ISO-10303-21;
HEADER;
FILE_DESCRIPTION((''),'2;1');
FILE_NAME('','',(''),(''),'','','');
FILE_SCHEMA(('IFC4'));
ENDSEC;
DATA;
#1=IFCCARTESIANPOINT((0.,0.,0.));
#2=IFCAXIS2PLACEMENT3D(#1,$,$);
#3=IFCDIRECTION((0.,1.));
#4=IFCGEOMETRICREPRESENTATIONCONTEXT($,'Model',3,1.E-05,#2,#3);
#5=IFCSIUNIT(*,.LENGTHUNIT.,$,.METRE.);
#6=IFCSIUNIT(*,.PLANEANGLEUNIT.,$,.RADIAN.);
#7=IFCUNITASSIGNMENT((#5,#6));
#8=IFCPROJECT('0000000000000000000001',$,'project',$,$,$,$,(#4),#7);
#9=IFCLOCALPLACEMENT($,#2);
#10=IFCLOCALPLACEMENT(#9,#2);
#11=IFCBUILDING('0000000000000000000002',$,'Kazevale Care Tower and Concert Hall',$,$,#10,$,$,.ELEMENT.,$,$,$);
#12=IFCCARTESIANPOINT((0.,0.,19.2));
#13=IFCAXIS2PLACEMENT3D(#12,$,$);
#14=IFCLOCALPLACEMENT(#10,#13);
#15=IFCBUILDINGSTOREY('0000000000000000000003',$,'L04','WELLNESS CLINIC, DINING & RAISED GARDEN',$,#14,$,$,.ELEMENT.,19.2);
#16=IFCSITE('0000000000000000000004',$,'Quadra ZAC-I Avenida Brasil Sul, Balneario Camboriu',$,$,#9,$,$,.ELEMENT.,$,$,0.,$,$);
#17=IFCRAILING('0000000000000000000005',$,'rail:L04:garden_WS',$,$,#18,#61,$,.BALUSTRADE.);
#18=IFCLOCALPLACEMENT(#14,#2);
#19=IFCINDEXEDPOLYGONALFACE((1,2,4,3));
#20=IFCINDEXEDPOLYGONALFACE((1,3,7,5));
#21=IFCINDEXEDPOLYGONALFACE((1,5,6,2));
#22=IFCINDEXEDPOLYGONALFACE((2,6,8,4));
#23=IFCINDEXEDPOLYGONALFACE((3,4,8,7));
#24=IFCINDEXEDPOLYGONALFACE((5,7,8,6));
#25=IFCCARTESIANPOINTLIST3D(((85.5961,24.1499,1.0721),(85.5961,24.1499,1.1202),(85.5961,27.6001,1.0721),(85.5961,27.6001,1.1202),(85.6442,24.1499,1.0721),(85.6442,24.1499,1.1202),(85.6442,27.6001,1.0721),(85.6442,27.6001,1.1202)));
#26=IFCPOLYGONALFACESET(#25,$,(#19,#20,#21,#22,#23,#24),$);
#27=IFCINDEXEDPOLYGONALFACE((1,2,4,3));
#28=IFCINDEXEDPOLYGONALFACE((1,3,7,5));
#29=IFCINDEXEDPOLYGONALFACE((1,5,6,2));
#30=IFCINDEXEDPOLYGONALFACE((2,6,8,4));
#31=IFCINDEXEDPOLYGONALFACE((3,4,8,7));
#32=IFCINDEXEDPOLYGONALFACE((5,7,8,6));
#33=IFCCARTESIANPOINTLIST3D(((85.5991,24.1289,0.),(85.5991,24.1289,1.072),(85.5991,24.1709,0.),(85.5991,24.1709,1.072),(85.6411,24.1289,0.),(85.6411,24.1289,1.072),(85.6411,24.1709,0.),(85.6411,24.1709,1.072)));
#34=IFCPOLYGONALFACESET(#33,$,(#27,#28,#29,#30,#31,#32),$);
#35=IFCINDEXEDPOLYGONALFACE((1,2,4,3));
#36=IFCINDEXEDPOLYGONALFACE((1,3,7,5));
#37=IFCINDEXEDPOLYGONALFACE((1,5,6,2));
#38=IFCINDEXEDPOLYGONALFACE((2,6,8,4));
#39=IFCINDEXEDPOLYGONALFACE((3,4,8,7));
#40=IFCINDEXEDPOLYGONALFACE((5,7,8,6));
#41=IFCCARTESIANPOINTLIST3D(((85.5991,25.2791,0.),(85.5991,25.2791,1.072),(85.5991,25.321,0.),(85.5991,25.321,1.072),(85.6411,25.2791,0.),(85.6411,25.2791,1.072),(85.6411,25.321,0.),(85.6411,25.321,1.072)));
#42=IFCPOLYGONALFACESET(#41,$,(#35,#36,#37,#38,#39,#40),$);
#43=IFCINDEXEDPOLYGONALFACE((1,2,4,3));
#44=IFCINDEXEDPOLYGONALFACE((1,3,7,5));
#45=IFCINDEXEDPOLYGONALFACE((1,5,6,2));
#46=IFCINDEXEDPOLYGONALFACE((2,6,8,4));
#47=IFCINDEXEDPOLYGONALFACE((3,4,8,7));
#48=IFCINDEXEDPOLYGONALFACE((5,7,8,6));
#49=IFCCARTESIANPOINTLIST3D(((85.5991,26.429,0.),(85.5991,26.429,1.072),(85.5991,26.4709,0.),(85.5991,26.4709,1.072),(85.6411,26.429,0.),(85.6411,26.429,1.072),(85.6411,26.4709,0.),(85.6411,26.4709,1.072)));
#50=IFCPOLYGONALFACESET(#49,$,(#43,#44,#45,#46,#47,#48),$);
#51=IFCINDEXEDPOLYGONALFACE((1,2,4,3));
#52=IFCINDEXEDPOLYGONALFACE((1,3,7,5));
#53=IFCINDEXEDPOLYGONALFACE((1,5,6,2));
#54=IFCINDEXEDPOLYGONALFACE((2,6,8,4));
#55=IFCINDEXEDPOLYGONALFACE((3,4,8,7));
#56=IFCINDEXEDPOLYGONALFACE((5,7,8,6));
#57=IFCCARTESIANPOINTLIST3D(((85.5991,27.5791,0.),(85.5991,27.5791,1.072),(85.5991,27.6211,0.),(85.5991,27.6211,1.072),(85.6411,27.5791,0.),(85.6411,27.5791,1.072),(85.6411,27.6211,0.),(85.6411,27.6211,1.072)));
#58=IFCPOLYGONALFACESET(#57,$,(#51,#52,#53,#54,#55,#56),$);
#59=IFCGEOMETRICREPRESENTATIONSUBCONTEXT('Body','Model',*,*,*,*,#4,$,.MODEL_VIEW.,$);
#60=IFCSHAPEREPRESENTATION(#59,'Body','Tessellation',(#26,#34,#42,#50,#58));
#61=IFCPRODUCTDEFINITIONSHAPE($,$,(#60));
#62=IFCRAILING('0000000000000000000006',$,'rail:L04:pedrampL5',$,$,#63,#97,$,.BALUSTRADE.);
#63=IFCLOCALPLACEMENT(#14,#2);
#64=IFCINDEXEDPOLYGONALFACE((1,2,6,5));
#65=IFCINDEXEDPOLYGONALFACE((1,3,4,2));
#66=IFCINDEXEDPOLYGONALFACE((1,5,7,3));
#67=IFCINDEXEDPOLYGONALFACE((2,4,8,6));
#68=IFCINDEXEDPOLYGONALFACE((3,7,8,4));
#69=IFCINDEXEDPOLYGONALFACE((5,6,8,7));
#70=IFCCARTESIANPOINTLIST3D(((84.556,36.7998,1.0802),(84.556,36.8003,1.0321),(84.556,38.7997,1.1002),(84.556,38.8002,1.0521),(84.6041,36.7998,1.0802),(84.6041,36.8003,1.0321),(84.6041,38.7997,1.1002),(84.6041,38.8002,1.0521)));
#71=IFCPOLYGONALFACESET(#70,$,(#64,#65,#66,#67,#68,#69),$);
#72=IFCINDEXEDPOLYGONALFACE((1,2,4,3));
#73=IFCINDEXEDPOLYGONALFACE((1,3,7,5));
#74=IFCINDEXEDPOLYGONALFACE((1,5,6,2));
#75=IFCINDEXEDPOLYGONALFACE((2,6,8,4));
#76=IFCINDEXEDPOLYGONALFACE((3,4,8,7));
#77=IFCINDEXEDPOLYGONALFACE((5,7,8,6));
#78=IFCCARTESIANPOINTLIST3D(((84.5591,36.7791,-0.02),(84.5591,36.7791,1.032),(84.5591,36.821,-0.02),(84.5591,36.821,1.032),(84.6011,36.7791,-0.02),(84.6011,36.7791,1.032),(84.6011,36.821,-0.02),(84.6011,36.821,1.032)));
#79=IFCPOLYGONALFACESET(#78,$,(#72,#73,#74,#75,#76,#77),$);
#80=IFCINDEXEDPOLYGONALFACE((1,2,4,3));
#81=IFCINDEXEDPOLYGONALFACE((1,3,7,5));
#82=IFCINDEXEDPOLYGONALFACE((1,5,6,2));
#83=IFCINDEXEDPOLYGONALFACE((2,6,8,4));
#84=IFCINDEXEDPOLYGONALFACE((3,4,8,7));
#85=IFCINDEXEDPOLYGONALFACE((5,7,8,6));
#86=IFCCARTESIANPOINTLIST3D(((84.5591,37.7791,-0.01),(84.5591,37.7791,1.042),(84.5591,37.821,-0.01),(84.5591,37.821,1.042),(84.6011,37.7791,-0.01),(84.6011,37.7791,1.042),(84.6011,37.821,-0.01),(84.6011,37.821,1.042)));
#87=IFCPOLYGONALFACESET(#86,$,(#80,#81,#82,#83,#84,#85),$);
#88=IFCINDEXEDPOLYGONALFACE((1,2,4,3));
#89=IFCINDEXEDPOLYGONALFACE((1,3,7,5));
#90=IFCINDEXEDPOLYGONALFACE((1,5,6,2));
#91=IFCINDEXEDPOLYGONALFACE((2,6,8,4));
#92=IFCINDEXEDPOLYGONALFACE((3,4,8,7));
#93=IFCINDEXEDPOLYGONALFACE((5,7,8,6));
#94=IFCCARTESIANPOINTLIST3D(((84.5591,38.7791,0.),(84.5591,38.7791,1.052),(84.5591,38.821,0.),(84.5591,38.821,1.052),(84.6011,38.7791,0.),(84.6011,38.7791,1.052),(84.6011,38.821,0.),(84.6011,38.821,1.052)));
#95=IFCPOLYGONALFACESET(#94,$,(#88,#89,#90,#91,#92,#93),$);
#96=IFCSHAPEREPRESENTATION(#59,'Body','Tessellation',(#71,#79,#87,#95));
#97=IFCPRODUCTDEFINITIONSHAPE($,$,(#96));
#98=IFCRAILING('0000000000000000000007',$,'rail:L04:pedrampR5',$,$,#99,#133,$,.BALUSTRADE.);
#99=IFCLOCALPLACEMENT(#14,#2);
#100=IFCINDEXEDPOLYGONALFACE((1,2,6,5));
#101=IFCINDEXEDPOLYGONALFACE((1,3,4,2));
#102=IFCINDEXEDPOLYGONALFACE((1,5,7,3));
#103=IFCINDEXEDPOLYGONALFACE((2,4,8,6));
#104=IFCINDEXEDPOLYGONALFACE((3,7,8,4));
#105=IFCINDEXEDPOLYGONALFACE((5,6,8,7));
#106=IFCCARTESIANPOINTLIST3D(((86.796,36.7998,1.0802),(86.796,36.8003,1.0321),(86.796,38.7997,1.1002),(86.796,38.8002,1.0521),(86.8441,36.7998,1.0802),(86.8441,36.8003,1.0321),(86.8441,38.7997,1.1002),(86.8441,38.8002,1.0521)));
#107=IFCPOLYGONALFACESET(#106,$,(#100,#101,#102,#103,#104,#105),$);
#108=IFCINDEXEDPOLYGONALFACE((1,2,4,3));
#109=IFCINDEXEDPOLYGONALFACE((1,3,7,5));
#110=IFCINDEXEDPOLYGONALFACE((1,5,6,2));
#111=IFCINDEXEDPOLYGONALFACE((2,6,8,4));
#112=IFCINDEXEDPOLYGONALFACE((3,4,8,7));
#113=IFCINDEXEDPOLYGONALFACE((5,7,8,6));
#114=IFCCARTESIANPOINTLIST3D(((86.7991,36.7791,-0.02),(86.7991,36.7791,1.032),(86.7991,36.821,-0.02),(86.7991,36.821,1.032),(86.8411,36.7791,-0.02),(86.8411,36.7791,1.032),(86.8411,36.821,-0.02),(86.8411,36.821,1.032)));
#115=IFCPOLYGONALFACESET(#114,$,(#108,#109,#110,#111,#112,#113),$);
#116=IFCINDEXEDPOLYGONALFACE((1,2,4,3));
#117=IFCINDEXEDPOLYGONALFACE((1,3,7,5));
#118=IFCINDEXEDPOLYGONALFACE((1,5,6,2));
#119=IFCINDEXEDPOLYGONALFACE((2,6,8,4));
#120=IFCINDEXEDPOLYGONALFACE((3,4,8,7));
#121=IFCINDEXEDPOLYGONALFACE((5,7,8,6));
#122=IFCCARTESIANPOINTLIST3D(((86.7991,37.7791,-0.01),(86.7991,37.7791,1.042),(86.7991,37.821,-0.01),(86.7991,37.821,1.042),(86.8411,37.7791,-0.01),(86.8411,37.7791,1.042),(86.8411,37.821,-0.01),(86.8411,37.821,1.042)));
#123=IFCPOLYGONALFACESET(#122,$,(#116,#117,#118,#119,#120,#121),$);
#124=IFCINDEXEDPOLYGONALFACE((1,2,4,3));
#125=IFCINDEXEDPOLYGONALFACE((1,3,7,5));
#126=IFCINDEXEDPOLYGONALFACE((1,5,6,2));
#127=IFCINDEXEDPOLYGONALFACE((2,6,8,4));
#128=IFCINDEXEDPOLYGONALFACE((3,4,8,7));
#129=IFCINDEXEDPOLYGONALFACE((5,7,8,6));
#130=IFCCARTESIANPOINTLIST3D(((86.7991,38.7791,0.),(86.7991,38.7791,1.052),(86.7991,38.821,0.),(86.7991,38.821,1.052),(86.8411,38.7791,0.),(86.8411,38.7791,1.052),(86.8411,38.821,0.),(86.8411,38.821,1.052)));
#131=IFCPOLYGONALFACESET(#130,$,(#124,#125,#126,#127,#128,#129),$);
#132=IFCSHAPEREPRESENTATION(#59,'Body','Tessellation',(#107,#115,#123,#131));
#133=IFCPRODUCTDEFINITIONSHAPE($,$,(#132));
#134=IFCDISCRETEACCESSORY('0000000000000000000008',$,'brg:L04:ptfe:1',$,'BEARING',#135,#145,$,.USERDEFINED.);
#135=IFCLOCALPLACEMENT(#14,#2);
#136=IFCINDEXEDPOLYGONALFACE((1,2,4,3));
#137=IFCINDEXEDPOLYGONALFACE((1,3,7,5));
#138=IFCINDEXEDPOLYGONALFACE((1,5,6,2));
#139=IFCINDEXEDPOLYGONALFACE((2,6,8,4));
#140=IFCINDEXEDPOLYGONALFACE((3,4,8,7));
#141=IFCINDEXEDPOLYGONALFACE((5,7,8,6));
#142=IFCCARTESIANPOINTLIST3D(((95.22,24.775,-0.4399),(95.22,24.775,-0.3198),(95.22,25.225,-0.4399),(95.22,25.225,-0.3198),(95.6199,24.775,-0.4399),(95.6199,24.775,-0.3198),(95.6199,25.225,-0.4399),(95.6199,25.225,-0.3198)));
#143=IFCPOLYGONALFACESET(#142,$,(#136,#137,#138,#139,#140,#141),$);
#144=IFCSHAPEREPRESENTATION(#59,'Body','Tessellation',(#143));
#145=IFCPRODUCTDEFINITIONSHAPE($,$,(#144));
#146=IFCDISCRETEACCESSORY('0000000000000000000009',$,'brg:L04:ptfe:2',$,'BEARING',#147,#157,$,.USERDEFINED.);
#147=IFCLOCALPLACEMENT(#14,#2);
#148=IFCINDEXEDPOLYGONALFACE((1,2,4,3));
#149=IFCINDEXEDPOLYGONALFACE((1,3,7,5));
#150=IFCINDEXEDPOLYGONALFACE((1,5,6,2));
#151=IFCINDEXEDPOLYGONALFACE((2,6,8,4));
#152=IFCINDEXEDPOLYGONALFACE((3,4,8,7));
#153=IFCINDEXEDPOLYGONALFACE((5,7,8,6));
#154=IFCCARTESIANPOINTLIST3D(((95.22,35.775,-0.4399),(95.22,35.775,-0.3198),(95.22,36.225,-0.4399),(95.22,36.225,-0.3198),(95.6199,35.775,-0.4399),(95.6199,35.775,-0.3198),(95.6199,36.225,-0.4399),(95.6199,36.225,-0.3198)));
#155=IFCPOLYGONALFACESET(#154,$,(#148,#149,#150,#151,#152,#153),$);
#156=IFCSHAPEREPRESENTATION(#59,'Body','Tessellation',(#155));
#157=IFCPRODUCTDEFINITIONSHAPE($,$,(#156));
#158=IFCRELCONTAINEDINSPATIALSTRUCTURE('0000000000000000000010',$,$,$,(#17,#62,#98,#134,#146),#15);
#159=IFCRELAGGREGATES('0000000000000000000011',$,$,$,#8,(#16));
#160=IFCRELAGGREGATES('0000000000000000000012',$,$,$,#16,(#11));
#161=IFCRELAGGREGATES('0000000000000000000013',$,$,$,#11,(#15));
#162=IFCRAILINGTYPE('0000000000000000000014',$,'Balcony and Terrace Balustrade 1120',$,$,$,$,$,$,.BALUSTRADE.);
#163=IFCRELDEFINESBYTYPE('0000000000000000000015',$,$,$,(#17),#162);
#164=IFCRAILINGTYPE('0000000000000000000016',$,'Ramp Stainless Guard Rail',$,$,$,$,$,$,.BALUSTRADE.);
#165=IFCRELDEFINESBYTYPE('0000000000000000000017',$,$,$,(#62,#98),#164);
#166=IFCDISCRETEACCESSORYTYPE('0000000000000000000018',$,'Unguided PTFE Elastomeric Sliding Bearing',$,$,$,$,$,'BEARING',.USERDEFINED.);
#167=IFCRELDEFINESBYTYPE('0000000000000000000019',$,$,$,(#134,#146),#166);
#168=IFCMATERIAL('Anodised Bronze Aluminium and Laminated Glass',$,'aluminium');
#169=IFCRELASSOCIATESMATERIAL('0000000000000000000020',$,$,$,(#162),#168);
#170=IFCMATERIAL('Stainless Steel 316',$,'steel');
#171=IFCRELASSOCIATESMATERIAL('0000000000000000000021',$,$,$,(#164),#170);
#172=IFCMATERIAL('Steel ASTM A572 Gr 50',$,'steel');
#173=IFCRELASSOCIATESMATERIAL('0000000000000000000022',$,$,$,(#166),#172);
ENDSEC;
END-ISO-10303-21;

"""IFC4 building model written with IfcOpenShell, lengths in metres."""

from ifc_helpers import new_model, si_unit, direction, frame, origin, origin_2d, place, context, subcontext, project, spatial, rectangle, extrude, material, type_object, element, save


model = new_model("IFC4")

# Units and contexts
model_context = context("Model", 3, precision=1e-05, world=origin(), true_north=direction((0.0, 1.0)))
body_context = subcontext(model_context, "Body", "Model", "MODEL_VIEW")
ifc_project = project(units=[si_unit("LENGTHUNIT", "METRE"), si_unit("PLANEANGLEUNIT", "RADIAN")], contexts=[model_context])

# Site, building, storey
site_placement = place(None, origin())
site = spatial("IfcSite", under=ifc_project, at=site_placement, Name="Quadra ZAC-I Avenida Brasil Sul, Balneario Camboriu", CompositionType="ELEMENT", RefElevation=0.0)
building_placement = place(site_placement, origin())
building = spatial("IfcBuilding", under=site, at=building_placement, Name="Kazevale Care Tower and Concert Hall", CompositionType="ELEMENT")
storey_placement = place(building_placement, frame((0.0, 0.0, 19.2)))
storey = spatial("IfcBuildingStorey", under=building, at=storey_placement, Name="L04", Description="WELLNESS CLINIC, DINING & RAISED GARDEN", CompositionType="ELEMENT", Elevation=19.2)

# Shared definitions
ifc_material_1 = material(Name="Steel ASTM A572 Gr 50", Category="steel")

# Railings
ifc_material_2 = material(Name="Anodised Bronze Aluminium and Laminated Glass", Category="aluminium")
railing_type_1 = type_object("IfcRailingType", Name="Balcony and Terrace Balustrade 1120", PredefinedType="BALUSTRADE", material=ifc_material_2)
railing_1_placement = place(storey_placement, frame((85.6201, 24.1499, 0.0)))
element("IfcRailing", 1, at=railing_1_placement, inside=storey, type_object=railing_type_1, Name="rail:L04:garden_WS", PredefinedType="BALUSTRADE", context=body_context, shape_type="SweptSolid", body=[
    extrude(rectangle(XDim=0.0481, YDim=0.0481, at=origin_2d()), frame((0.0, 0.0, 1.0962), z_axis=(0.0, 1.0, 0.0), x_axis=(-1.0, 0.0, 0.0)), (0.0, 0.0, 1.0), 3.4502),
    extrude(rectangle(XDim=0.042, YDim=0.042, at=origin_2d()), origin(), (0.0, 0.0, 1.0), 1.072),
    extrude(rectangle(XDim=0.042, YDim=0.042, at=origin_2d()), frame((0.0, 1.1501, 0.0)), (0.0, 0.0, 1.0), 1.072),
    extrude(rectangle(XDim=0.042, YDim=0.042, at=origin_2d()), frame((0.0, 2.3, 0.0)), (0.0, 0.0, 1.0), 1.072),
    extrude(rectangle(XDim=0.042, YDim=0.042, at=origin_2d()), frame((0.0, 3.4502, 0.0)), (0.0, 0.0, 1.0), 1.072),
])
ifc_material_3 = material(Name="Stainless Steel 316", Category="steel")
railing_type_2 = type_object("IfcRailingType", Name="Ramp Stainless Guard Rail", PredefinedType="BALUSTRADE", material=ifc_material_3)
for number, where, name in (
    (2, (84.5801, 36.8, -0.02), "rail:L04:pedrampL5"),
    (3, (86.8201, 36.8, -0.02), "rail:L04:pedrampR5"),
):
    element("IfcRailing", number, at=place(storey_placement, frame(where)), inside=storey, type_object=railing_type_2, Name=name, PredefinedType="BALUSTRADE", context=body_context, shape_type="SweptSolid", body=[
        extrude(rectangle(XDim=0.0481, YDim=0.0481, at=origin_2d()), frame((0.0, 0.0, 1.0762), z_axis=(0.0, 0.99995, 0.010009), x_axis=(-1.0, 0.0, 0.0)), (0.0, 0.0, 1.0), 2.0),
        extrude(rectangle(XDim=0.042, YDim=0.042, at=origin_2d()), origin(), (0.0, 0.0, 1.0), 1.052),
        extrude(rectangle(XDim=0.042, YDim=0.042, at=origin_2d()), frame((0.0, 1.0, 0.01)), (0.0, 0.0, 1.0), 1.052),
        extrude(rectangle(XDim=0.042, YDim=0.042, at=origin_2d()), frame((0.0, 2.0, 0.02)), (0.0, 0.0, 1.0), 1.052),
    ])

# Discrete accessories
discrete_accessory_type = type_object("IfcDiscreteAccessoryType", Name="Unguided PTFE Elastomeric Sliding Bearing", ElementType="BEARING", PredefinedType="USERDEFINED", material=ifc_material_1)
for number, where, z_axis, x_axis, name in (
    (4, (95.4199, 25.0, -0.4399), (0.0, 0.0, 1.0), (1.0, 0.0, 0.0), "brg:L04:ptfe:1"),
    (5, (95.4199, 36.0, -0.4399), (0.0, 0.0, 1.0), (1.0, 0.0, 0.0), "brg:L04:ptfe:2"),
):
    element("IfcDiscreteAccessory", number, at=place(storey_placement, frame(where, z_axis=z_axis, x_axis=x_axis)), inside=storey, type_object=discrete_accessory_type, Name=name, ObjectType="BEARING", PredefinedType="USERDEFINED", context=body_context, shape_type="SweptSolid", body=[
        extrude(rectangle(XDim=0.3999, YDim=0.45, at=origin_2d()), origin(), (0.0, 0.0, 1.0), 0.1201),
    ])

save(model, "model.ifc")
